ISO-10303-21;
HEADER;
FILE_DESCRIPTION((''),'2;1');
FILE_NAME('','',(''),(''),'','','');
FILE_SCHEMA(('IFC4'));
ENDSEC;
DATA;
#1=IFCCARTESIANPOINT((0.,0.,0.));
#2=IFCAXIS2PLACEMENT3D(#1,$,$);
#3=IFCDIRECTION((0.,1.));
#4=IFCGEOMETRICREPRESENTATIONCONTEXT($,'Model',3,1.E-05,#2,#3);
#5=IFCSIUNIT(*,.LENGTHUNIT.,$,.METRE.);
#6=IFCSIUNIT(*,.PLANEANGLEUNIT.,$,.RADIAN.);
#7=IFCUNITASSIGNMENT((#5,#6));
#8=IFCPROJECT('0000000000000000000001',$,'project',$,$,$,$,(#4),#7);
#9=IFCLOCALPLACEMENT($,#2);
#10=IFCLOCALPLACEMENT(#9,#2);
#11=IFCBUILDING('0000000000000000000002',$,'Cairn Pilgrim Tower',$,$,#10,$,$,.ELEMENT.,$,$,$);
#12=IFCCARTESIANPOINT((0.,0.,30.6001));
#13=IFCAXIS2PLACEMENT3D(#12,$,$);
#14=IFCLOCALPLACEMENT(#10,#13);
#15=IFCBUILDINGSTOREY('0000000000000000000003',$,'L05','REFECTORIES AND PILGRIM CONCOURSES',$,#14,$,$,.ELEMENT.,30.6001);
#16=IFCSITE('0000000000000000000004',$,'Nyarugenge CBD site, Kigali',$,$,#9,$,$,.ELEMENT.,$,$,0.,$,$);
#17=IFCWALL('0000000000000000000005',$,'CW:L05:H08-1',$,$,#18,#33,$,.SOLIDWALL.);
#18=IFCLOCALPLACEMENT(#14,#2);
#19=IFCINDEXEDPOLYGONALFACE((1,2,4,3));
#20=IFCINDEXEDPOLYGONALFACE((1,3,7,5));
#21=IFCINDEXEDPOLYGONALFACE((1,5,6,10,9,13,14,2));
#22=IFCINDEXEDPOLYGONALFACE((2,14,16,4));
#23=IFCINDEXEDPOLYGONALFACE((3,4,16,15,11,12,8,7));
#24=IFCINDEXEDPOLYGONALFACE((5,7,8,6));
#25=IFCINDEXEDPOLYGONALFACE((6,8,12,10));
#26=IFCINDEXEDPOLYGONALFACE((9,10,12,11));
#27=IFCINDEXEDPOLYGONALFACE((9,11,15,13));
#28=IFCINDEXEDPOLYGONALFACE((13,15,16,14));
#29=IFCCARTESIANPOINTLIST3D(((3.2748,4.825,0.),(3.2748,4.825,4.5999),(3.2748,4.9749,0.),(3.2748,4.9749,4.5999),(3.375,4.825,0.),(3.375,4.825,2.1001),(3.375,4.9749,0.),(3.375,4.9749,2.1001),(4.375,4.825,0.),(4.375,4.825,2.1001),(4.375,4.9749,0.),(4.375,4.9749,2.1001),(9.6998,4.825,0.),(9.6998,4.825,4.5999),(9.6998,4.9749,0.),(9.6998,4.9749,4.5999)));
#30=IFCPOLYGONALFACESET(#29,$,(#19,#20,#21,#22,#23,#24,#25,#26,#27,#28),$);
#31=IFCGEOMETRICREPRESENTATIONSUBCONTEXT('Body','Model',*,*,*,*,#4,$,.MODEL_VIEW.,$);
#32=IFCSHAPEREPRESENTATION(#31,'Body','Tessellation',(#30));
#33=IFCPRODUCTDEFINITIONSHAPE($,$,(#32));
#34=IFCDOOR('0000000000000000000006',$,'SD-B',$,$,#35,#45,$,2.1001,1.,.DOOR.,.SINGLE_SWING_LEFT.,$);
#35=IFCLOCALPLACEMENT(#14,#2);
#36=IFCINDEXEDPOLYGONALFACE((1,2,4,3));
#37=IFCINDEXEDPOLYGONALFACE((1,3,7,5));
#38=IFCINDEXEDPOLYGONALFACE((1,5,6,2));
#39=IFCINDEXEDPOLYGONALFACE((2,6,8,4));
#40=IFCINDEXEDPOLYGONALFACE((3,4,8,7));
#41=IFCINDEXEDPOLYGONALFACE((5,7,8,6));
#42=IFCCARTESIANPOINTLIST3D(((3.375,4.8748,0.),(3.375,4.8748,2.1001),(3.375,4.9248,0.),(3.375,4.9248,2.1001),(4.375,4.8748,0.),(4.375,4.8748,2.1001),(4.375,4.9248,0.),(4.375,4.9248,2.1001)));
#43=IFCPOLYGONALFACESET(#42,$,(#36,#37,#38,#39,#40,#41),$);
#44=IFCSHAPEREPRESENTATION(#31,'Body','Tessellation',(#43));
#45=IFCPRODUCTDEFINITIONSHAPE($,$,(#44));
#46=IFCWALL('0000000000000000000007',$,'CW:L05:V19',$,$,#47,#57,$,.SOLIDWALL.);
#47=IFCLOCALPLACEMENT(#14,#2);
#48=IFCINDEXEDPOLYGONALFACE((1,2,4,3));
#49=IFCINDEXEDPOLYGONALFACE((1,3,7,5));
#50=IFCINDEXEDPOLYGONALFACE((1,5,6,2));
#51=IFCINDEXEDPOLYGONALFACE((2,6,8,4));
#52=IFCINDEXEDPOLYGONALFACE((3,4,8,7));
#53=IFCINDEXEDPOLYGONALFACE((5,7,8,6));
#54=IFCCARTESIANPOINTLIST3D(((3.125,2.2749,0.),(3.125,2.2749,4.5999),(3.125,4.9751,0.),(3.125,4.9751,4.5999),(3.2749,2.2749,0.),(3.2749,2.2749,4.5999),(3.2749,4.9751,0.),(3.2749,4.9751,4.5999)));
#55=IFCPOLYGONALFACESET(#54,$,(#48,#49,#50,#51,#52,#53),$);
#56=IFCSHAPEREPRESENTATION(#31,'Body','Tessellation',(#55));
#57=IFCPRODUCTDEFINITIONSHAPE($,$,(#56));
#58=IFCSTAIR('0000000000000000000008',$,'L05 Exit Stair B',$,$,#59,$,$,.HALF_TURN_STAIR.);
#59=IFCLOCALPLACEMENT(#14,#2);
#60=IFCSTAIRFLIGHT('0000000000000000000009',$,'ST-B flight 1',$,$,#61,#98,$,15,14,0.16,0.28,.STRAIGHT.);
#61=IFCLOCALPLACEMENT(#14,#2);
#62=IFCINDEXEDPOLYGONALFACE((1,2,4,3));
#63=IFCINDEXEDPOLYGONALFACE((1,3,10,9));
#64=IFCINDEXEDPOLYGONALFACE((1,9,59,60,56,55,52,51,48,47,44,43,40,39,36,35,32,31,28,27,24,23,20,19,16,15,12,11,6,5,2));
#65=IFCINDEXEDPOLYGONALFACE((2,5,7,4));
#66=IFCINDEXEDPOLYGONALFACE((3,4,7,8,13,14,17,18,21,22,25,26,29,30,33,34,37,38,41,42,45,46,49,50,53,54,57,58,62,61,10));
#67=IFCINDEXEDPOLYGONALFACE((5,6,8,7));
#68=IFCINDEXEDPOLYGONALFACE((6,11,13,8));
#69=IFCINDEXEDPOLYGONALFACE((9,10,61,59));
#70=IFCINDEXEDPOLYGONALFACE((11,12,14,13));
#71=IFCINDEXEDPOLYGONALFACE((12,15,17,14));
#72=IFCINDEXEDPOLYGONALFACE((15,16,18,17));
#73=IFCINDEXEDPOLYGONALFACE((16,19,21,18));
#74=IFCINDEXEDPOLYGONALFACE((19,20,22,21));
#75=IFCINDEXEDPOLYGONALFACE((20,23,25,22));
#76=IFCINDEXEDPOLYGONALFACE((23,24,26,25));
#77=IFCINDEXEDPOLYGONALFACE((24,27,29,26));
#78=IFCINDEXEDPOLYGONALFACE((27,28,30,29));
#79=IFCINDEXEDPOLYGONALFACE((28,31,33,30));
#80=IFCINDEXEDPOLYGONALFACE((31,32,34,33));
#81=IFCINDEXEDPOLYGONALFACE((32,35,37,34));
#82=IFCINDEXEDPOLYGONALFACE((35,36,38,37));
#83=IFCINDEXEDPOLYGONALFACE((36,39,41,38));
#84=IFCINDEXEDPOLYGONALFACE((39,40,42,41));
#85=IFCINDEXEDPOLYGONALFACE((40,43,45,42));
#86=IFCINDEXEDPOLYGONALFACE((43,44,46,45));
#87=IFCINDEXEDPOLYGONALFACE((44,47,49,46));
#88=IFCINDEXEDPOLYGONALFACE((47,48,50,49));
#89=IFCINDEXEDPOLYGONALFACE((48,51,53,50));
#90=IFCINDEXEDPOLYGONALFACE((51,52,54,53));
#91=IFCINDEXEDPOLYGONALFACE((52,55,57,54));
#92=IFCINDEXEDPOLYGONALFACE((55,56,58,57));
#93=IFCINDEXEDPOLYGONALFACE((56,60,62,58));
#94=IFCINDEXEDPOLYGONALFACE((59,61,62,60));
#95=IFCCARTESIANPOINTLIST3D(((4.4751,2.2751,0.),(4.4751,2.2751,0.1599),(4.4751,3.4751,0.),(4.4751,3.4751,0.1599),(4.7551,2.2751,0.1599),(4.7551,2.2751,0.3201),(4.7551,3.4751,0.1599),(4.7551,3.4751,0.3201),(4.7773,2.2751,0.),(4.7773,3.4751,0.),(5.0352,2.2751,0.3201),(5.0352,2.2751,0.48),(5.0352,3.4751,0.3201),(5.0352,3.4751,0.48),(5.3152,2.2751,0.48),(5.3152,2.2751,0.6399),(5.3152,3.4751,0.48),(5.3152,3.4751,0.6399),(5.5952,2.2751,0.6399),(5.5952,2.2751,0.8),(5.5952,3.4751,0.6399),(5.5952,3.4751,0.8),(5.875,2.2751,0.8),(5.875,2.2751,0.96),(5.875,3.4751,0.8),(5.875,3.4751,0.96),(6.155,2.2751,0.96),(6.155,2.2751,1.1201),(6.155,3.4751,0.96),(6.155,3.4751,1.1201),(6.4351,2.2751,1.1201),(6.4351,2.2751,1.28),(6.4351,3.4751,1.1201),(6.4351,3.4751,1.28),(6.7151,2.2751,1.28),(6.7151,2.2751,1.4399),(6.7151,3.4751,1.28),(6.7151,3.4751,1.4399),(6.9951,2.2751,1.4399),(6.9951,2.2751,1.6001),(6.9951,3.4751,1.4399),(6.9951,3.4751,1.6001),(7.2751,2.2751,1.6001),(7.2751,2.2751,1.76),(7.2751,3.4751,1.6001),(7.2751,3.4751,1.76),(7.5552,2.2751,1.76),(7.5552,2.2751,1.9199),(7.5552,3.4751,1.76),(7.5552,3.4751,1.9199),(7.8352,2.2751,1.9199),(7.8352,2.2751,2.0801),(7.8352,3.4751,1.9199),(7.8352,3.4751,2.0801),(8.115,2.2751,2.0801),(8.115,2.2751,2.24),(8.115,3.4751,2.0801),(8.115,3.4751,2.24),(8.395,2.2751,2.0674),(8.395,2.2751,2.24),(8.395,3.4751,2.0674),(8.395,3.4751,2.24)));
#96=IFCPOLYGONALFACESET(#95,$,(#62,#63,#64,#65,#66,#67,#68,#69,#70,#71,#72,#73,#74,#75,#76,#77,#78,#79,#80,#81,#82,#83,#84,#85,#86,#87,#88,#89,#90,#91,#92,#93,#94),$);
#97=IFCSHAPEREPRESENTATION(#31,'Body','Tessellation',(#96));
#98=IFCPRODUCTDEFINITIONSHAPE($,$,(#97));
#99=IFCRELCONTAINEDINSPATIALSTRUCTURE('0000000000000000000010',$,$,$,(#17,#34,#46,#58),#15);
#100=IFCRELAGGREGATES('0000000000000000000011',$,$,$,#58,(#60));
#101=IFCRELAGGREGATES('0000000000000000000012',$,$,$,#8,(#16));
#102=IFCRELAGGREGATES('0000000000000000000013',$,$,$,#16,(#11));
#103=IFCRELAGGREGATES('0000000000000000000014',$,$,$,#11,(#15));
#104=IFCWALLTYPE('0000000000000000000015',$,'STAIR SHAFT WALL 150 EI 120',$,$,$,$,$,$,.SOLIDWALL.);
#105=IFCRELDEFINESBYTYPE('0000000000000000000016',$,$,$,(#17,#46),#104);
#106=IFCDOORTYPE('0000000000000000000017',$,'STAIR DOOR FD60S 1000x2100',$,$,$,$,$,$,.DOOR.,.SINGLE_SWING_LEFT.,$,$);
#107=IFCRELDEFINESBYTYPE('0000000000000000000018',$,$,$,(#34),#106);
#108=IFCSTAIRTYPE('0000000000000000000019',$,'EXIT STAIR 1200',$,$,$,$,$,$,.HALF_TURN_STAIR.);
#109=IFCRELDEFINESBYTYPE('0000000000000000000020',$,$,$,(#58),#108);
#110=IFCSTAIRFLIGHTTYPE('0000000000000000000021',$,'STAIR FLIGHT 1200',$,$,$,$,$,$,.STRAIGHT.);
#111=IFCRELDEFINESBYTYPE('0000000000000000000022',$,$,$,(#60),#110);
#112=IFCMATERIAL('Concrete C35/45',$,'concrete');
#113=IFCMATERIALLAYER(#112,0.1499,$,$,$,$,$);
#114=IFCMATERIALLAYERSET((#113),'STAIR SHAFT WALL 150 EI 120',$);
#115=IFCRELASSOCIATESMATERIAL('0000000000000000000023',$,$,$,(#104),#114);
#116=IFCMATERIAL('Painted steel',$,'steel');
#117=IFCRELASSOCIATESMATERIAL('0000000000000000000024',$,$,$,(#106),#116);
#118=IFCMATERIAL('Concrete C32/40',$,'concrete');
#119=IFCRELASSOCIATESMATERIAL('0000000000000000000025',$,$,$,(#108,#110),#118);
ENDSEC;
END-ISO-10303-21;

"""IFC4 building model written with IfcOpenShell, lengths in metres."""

from ifc_helpers import new_model, si_unit, direction, frame, frame_2d, origin, place, context, subcontext, project, spatial, polyline, rectangle, outline, extrude, material, layer, layer_set, type_object, element, fill, aggregate, save


model = new_model("IFC4")

# Units and contexts
model_context = context("Model", 3, precision=1e-05, world=origin(), true_north=direction((0.0, 1.0)))
body_context = subcontext(model_context, "Body", "Model", "MODEL_VIEW")
ifc_project = project(units=[si_unit("LENGTHUNIT", "METRE"), si_unit("PLANEANGLEUNIT", "RADIAN")], contexts=[model_context])

# Site, building, storey
site_placement = place(None, origin())
site = spatial("IfcSite", under=ifc_project, at=site_placement, Name="Nyarugenge CBD site, Kigali", CompositionType="ELEMENT", RefElevation=0.0)
building_placement = place(site_placement, origin())
building = spatial("IfcBuilding", under=site, at=building_placement, Name="Cairn Pilgrim Tower", CompositionType="ELEMENT")
storey_placement = place(building_placement, frame((0.0, 0.0, 30.6001)))
storey = spatial("IfcBuildingStorey", under=building, at=storey_placement, Name="L05", Description="REFECTORIES AND PILGRIM CONCOURSES", CompositionType="ELEMENT", Elevation=30.6001)

# Shared definitions
ifc_material_1 = material(Name="Concrete C32/40", Category="concrete")

# Shared definitions
ifc_material_2 = material(Name="Painted steel", Category="steel")

# Shared definitions
ifc_material_3 = material(Name="Concrete C35/45", Category="concrete")
ifc_layer_1 = layer(ifc_material_3, 0.1499)
ifc_layer_set_1 = layer_set([ifc_layer_1], Name="STAIR SHAFT WALL 150 EI 120")
wall_type_1 = type_object("IfcWallType", Name="STAIR SHAFT WALL 150 EI 120", PredefinedType="SOLIDWALL", material=ifc_layer_set_1)

# Wall, opening, door
wall_1_placement = place(storey_placement, frame((3.2749, 4.8999, 0.0), z_axis=(0.0, 0.0, 1.0), x_axis=(1.0, 0.0, 0.0)))
wall_1 = element("IfcWall", 1, at=wall_1_placement, inside=storey, type_object=wall_type_1, Name="CW:L05:H08-1", PredefinedType="SOLIDWALL", context=body_context, shape_type="SweptSolid", body=[
    extrude(rectangle(XDim=6.425, YDim=0.1499, at=frame_2d((3.2124, 0.0))), origin(), (0.0, 0.0, 1.0), 4.5999),
])
opening_1_placement = place(wall_1_placement, frame((0.1001, 0.0, 0.0)))
opening_1 = element("IfcOpeningElement", 2, at=opening_1_placement, cuts=wall_1, PredefinedType="OPENING", context=body_context, shape_type="SweptSolid", body=[
    extrude(rectangle(XDim=1.0, YDim=2.1001, at=frame_2d((0.5, 1.05))), frame((0.0, 0.085, 0.0), z_axis=(0.0, -1.0, 0.0), x_axis=(1.0, 0.0, 0.0)), (0.0, 0.0, 1.0), 0.1699),
])
door_type_1 = type_object("IfcDoorType", Name="STAIR DOOR FD60S 1000x2100", OperationType="SINGLE_SWING_LEFT", PredefinedType="DOOR", material=ifc_material_2)
door_1_placement = place(opening_1_placement, origin())
door_1 = element("IfcDoor", 3, at=door_1_placement, inside=storey, type_object=door_type_1, Name="SD-B", OperationType="SINGLE_SWING_LEFT", OverallHeight=2.1001, OverallWidth=1.0, PredefinedType="DOOR", context=body_context, shape_type="SweptSolid", body=[
    extrude(rectangle(XDim=1.0, YDim=2.1001, at=frame_2d((0.5, 1.05))), frame((0.0, 0.0249, 0.0), z_axis=(0.0, -1.0, 0.0), x_axis=(1.0, 0.0, 0.0)), (0.0, 0.0, 1.0), 0.05),
])
fill(opening_1, door_1)

# Wall
wall_2_placement = place(storey_placement, frame((3.2, 2.2749, 0.0), z_axis=(0.0, 0.0, 1.0), x_axis=(0.0, 1.0, 0.0)))
element("IfcWall", 4, at=wall_2_placement, inside=storey, type_object=wall_type_1, Name="CW:L05:V19", PredefinedType="SOLIDWALL", context=body_context, shape_type="SweptSolid", body=[
    extrude(rectangle(XDim=2.7002, YDim=0.1499, at=frame_2d((1.3501, 0.0))), origin(), (0.0, 0.0, 1.0), 4.5999),
])

# Stair, stair flight
stair_type = type_object("IfcStairType", Name="EXIT STAIR 1200", PredefinedType="HALF_TURN_STAIR", material=ifc_material_1)
stair_placement = place(storey_placement, origin())
stair = element("IfcStair", 5, at=stair_placement, inside=storey, type_object=stair_type, Name="L05 Exit Stair B", PredefinedType="HALF_TURN_STAIR")
stair_flight_type = type_object("IfcStairFlightType", Name="STAIR FLIGHT 1200", PredefinedType="STRAIGHT", material=ifc_material_1)
stair_flight_placement = place(storey_placement, frame((4.4751, 2.875, 0.0), z_axis=(0.0, 0.0, 1.0), x_axis=(1.0, 0.0, 0.0)))
stair_flight = element("IfcStairFlight", 6, at=stair_flight_placement, type_object=stair_flight_type, Name="ST-B flight 1", NumberOfRisers=15, NumberOfTreads=14, PredefinedType="STRAIGHT", RiserHeight=0.16, TreadLength=0.28, context=body_context, shape_type="SweptSolid", body=[
    extrude(outline(polyline([(0.0, 0.0), (0.0, 0.1599), (0.28, 0.1599), (0.28, 0.3201), (0.5601, 0.3201), (0.5601, 0.48), (0.8401, 0.48), (0.8401, 0.6399), (1.1201, 0.6399), (1.1201, 0.8), (1.3999, 0.8), (1.3999, 0.96), (1.6799, 0.96), (1.6799, 1.1201), (1.96, 1.1201), (1.96, 1.28), (2.24, 1.28), (2.24, 1.4399), (2.52, 1.4399), (2.52, 1.6001), (2.8, 1.6001), (2.8, 1.76), (3.0801, 1.76), (3.0801, 1.9199), (3.3601, 1.9199), (3.3601, 2.0801), (3.6399, 2.0801), (3.6399, 2.24), (3.9199, 2.24), (3.9199, 2.3999), (3.9199, 2.0674), (0.3022, 0.0), (0.0, 0.0)])), frame((0.0, 0.6001, 0.0), z_axis=(0.0, -1.0, 0.0), x_axis=(1.0, 0.0, 0.0)), (0.0, 0.0, 1.0), 1.2),
])
aggregate(stair, [stair_flight])

save(model, "model.ifc")
